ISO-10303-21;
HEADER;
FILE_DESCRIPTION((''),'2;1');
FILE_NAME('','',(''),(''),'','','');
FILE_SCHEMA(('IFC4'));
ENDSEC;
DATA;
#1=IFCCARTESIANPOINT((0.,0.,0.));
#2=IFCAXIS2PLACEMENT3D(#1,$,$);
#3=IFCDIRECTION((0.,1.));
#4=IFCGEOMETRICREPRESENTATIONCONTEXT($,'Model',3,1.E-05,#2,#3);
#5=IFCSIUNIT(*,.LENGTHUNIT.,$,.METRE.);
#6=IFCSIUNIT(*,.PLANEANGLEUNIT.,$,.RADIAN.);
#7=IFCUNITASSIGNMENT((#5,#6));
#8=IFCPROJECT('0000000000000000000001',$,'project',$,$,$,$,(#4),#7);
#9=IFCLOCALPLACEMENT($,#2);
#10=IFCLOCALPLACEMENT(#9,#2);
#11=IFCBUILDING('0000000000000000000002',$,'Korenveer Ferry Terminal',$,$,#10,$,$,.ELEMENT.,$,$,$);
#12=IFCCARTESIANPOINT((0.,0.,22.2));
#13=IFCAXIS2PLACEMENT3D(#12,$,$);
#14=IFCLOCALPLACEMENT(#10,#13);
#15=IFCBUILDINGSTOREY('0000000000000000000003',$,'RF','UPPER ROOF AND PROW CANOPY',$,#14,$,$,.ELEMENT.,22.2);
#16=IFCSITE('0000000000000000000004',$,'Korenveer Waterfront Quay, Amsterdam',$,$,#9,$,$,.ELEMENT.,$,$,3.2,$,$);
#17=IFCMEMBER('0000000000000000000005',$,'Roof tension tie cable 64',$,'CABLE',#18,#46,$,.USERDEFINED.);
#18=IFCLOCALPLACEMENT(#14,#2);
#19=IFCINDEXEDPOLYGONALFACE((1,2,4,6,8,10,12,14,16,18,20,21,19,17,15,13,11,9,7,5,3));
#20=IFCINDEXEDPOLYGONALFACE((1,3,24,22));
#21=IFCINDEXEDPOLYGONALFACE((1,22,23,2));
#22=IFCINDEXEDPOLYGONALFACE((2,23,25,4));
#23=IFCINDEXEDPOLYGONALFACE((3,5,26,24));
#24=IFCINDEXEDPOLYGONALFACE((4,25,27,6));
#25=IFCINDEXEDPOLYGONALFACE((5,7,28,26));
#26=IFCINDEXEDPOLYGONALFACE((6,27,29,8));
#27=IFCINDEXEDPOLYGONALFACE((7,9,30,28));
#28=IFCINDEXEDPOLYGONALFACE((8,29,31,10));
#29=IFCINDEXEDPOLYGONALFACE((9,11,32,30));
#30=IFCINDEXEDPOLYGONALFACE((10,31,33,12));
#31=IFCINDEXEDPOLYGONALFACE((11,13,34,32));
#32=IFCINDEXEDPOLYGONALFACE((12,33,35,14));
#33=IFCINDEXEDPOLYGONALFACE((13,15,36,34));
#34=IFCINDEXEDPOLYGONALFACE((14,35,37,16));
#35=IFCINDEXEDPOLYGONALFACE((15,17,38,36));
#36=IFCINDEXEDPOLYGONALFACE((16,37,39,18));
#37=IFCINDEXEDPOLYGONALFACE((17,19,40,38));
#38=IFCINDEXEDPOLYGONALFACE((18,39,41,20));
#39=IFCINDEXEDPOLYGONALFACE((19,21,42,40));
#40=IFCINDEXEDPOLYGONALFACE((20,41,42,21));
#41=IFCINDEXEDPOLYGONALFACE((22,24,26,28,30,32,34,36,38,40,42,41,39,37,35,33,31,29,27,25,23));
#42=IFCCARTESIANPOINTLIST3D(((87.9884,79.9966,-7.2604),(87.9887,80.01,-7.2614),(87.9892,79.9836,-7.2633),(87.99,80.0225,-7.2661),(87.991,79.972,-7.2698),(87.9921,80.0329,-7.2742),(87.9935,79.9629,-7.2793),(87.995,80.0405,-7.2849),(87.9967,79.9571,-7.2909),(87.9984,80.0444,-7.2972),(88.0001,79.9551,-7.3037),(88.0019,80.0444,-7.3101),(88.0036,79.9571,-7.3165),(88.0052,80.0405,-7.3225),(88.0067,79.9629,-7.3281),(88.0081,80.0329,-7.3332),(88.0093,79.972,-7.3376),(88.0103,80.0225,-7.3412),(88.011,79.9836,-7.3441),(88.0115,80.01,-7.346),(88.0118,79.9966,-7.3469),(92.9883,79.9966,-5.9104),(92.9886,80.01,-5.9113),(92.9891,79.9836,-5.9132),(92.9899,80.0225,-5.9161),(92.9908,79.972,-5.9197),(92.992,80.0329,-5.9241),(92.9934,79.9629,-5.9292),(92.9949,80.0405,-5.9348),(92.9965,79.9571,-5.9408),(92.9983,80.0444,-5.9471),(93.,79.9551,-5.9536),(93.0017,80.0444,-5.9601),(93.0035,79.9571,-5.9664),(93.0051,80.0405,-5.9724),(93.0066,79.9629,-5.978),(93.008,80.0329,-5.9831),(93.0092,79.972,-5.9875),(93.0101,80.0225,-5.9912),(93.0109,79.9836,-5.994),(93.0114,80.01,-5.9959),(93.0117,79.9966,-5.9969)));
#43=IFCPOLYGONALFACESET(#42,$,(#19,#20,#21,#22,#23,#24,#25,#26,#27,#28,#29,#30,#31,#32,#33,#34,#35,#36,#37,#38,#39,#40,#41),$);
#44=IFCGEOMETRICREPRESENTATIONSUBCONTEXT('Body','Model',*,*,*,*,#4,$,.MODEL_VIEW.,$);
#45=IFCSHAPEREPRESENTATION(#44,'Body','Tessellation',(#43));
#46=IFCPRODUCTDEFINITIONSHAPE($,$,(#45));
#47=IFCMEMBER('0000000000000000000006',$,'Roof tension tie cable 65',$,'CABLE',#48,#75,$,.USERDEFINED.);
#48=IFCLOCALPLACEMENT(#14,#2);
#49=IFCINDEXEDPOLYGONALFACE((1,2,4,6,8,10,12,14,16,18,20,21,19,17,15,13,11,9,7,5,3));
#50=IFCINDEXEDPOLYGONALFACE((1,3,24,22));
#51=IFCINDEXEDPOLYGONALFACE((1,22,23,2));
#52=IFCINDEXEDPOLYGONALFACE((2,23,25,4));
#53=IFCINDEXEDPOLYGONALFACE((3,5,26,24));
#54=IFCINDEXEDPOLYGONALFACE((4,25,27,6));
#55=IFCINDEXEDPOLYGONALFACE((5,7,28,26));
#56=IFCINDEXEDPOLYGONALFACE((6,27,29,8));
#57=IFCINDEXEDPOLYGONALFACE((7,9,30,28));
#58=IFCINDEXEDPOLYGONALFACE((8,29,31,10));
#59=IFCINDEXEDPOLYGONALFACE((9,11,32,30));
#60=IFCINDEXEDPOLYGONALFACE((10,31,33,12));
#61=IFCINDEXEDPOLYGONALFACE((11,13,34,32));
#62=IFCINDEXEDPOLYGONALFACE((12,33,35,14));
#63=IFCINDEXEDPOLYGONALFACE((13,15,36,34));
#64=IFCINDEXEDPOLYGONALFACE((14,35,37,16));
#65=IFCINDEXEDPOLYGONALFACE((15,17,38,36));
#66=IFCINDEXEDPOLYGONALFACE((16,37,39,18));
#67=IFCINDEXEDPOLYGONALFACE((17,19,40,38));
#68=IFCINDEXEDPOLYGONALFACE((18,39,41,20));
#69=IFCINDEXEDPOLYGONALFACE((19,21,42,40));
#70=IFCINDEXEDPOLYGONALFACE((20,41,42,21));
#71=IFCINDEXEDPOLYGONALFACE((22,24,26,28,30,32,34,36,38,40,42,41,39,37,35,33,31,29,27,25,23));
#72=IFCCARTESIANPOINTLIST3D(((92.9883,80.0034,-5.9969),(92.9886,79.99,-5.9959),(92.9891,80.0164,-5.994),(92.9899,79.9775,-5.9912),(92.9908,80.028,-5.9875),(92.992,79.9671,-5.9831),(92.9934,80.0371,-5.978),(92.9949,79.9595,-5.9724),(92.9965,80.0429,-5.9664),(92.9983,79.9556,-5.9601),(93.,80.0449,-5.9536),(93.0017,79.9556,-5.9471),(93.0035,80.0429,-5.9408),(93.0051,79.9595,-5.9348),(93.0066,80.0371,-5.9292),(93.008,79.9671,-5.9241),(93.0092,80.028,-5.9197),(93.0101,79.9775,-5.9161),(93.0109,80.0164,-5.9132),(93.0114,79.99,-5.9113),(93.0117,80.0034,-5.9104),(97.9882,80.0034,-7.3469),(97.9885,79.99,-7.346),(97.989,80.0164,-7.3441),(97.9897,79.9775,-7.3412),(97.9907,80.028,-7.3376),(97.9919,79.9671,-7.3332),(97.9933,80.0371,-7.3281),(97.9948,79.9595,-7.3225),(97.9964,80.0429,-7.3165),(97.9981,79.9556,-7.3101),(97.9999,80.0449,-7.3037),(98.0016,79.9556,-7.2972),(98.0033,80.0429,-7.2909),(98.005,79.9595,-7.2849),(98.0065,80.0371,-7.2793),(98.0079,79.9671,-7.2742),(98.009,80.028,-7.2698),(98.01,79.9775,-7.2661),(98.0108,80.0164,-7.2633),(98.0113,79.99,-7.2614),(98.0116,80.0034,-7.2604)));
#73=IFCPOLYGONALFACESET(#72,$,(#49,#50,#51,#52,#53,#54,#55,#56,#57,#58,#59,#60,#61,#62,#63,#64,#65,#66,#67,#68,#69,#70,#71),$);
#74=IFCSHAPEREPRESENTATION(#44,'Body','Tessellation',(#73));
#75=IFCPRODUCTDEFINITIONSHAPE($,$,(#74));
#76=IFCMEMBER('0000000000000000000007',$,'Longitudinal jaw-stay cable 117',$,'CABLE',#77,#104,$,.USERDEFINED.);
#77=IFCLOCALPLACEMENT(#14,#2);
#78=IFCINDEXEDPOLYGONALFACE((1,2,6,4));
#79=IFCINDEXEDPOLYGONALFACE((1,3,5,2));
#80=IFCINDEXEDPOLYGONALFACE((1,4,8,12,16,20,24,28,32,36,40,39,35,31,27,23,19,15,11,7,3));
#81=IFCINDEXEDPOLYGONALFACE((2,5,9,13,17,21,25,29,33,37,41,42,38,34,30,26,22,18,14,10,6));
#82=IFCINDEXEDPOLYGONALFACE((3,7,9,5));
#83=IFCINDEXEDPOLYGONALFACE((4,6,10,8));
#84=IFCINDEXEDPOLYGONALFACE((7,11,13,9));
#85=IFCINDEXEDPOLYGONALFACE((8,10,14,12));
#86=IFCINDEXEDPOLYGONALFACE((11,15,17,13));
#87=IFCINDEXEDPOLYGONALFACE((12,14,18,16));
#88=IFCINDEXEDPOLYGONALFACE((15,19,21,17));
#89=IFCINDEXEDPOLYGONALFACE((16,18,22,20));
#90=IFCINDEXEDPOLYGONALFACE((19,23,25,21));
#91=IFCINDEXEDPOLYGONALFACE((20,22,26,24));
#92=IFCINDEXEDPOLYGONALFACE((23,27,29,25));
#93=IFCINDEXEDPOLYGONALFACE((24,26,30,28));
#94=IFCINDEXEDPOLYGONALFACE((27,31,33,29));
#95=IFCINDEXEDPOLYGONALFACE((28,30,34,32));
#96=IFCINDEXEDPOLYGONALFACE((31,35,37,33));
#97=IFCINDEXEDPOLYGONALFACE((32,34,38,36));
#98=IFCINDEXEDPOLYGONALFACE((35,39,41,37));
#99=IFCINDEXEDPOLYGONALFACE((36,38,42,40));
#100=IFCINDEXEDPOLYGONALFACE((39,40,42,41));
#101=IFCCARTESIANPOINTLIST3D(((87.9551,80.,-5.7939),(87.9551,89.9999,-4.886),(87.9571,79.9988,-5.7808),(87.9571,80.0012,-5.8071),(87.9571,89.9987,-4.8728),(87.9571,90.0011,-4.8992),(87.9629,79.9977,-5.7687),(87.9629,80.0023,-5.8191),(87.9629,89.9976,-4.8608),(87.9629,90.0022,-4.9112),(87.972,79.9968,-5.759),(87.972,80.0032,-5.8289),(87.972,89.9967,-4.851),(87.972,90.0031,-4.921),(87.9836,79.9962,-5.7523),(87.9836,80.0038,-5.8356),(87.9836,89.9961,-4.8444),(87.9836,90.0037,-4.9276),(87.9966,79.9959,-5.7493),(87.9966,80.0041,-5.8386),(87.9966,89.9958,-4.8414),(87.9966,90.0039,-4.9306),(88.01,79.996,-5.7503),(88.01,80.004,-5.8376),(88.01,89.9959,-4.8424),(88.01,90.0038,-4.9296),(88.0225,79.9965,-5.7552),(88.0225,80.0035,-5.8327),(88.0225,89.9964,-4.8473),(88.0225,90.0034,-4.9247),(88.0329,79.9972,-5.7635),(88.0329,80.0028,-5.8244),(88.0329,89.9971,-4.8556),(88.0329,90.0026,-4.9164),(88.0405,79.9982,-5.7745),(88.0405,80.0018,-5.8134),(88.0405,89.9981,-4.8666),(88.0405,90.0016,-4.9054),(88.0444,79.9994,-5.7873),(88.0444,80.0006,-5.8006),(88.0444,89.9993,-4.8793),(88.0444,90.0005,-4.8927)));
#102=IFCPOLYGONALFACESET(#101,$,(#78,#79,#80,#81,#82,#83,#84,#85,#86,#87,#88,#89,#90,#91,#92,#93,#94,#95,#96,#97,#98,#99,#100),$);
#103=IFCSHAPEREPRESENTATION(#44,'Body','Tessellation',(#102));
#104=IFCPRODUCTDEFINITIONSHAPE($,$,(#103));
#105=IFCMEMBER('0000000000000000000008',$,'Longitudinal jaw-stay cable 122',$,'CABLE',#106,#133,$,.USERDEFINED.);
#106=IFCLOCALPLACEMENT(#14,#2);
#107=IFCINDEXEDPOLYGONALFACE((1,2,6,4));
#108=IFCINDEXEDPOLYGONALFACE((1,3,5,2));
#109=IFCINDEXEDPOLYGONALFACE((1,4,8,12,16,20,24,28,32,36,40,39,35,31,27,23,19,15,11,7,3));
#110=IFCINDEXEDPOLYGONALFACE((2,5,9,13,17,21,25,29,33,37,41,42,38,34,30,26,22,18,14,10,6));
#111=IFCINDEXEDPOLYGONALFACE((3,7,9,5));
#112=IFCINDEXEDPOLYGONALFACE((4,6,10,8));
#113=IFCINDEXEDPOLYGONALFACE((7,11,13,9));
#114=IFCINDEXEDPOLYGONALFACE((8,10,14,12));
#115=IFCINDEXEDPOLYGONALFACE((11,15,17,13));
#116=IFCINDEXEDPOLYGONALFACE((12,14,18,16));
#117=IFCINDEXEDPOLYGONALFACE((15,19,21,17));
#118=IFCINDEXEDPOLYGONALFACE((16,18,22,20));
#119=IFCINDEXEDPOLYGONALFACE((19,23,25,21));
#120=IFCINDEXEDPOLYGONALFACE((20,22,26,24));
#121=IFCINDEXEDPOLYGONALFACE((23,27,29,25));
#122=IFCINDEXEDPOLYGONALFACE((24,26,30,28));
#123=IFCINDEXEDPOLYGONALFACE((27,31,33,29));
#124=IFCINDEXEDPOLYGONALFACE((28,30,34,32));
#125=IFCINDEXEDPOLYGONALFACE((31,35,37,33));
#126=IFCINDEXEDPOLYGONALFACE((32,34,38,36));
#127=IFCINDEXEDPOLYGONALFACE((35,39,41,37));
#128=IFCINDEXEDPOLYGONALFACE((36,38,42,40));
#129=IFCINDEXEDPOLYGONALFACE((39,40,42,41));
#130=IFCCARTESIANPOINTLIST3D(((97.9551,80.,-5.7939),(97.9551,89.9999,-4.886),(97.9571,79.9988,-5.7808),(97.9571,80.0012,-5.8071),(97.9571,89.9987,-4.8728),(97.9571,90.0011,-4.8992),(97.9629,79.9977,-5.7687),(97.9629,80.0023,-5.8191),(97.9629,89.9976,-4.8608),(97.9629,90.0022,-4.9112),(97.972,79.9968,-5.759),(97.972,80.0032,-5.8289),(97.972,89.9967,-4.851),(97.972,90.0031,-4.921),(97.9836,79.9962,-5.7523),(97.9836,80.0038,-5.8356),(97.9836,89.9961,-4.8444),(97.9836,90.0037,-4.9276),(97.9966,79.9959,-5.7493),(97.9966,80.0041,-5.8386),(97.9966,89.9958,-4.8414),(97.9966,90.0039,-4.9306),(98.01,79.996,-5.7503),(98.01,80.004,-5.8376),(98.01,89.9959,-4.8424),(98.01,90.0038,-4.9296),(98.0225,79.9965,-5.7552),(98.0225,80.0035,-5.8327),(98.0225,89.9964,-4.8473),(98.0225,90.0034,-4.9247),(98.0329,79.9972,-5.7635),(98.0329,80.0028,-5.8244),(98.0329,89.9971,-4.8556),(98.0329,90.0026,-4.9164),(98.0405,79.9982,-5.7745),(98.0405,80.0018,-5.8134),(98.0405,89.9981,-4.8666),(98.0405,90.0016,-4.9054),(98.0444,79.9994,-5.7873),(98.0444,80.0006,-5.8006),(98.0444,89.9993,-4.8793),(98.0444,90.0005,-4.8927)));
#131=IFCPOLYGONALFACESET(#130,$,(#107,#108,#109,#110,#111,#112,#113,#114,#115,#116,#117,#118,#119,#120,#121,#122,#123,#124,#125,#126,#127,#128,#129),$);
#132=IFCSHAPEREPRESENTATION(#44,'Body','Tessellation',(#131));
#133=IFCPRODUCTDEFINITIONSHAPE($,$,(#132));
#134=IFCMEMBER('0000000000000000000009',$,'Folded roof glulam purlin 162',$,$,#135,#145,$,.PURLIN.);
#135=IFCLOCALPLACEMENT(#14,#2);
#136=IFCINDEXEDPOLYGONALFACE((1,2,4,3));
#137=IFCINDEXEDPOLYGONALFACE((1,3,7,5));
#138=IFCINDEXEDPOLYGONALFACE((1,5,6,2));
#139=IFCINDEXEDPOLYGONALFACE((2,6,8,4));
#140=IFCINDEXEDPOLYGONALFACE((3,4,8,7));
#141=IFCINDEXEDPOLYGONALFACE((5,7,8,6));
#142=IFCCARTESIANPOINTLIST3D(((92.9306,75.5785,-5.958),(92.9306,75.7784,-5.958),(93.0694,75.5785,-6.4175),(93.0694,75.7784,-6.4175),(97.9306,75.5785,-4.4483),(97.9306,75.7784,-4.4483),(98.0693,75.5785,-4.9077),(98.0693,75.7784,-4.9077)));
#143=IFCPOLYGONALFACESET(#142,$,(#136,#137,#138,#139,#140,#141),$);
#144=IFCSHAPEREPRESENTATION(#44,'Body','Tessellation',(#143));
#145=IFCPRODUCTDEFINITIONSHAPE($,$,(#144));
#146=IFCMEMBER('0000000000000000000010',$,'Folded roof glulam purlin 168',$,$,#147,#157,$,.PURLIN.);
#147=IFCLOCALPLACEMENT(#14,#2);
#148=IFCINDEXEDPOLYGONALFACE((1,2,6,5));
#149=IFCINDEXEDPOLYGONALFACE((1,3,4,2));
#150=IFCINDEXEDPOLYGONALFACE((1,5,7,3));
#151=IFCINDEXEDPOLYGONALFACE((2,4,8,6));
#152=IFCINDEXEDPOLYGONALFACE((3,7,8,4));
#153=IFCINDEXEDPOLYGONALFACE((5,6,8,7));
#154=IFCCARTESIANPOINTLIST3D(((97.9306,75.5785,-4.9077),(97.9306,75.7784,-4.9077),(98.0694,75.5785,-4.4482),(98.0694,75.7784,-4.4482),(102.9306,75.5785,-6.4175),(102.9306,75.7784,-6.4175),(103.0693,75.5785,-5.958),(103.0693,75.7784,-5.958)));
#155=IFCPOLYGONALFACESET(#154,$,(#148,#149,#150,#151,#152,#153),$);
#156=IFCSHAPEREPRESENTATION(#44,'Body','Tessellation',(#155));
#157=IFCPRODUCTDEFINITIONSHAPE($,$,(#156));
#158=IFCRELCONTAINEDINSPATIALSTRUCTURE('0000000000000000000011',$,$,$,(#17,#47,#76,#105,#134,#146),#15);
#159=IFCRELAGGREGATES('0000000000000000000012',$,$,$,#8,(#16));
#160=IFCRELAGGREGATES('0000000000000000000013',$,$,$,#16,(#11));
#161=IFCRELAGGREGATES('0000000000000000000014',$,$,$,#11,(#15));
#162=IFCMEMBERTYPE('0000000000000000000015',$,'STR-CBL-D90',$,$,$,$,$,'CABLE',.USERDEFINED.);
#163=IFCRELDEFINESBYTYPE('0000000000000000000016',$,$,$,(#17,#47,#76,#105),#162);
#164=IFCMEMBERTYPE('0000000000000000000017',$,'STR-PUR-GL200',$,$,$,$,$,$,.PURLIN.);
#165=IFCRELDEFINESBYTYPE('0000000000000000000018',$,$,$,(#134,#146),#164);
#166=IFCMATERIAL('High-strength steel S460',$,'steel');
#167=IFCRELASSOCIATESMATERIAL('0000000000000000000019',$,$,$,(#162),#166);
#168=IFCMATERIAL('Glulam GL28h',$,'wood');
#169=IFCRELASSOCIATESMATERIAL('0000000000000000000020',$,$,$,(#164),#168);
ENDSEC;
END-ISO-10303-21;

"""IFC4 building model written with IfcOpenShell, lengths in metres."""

from ifc_helpers import new_model, si_unit, direction, frame, origin, origin_2d, place, context, subcontext, project, spatial, rectangle, circle, extrude, material, material_profile, profile_set, type_object, element, save


model = new_model("IFC4")

# Units and contexts
model_context = context("Model", 3, precision=1e-05, world=origin(), true_north=direction((0.0, 1.0)))
body_context = subcontext(model_context, "Body", "Model", "MODEL_VIEW")
ifc_project = project(units=[si_unit("LENGTHUNIT", "METRE"), si_unit("PLANEANGLEUNIT", "RADIAN")], contexts=[model_context])

# Site, building, storey
site_placement = place(None, origin())
site = spatial("IfcSite", under=ifc_project, at=site_placement, Name="Korenveer Waterfront Quay, Amsterdam", CompositionType="ELEMENT", RefElevation=3.2)
building_placement = place(site_placement, origin())
building = spatial("IfcBuilding", under=site, at=building_placement, Name="Korenveer Ferry Terminal", CompositionType="ELEMENT")
storey_placement = place(building_placement, frame((0.0, 0.0, 22.2)))
storey = spatial("IfcBuildingStorey", under=building, at=storey_placement, Name="RF", Description="UPPER ROOF AND PROW CANOPY", CompositionType="ELEMENT", Elevation=22.2)

# Members
ifc_material_1 = material(Name="High-strength steel S460", Category="steel")
ifc_material_profile_1 = material_profile(ifc_material_1, circle(Radius=0.0449, at=origin_2d()), Name="ROD D90")
ifc_profile_set_1 = profile_set([ifc_material_profile_1], Name="High-strength steel S460")
member_type_1 = type_object("IfcMemberType", Name="STR-CBL-D90", ElementType="CABLE", PredefinedType="USERDEFINED", material=ifc_profile_set_1)
for number, where, z_axis, x_axis, name in (
    (1, (93.0, 80.0, -5.9536), (-0.965424, 0.0, -0.260683), (0.0, -1.0, 0.0), "Roof tension tie cable 64"),
    (2, (93.0, 80.0, -5.9536), (0.965424, 0.0, -0.260683), (0.0, 1.0, 0.0), "Roof tension tie cable 65"),
):
    element("IfcMember", number, at=place(storey_placement, frame(where, z_axis=z_axis, x_axis=x_axis)), inside=storey, type_object=member_type_1, Name=name, ObjectType="CABLE", PredefinedType="USERDEFINED", context=body_context, shape_type="SweptSolid", body=[
        extrude(circle(Radius=0.0449, at=origin_2d()), origin(), (0.0, 0.0, 1.0), 5.179),
    ])
for number, where, z_axis, x_axis, name in (
    (3, (88.0, 80.0, -5.7939), (0.0, 0.995903, 0.090424), (-1.0, 0.0, 0.0), "Longitudinal jaw-stay cable 117"),
    (4, (98.0, 80.0, -5.7939), (0.0, 0.995903, 0.090424), (-1.0, 0.0, 0.0), "Longitudinal jaw-stay cable 122"),
):
    element("IfcMember", number, at=place(storey_placement, frame(where, z_axis=z_axis, x_axis=x_axis)), inside=storey, type_object=member_type_1, Name=name, ObjectType="CABLE", PredefinedType="USERDEFINED", context=body_context, shape_type="SweptSolid", body=[
        extrude(circle(Radius=0.0449, at=origin_2d()), origin(), (0.0, 0.0, 1.0), 10.041),
    ])
ifc_material_2 = material(Name="Glulam GL28h", Category="wood")
ifc_material_profile_2 = material_profile(ifc_material_2, rectangle(XDim=0.2, YDim=0.48, at=origin_2d()), Name="GL 200x480")
ifc_profile_set_2 = profile_set([ifc_material_profile_2], Name="Glulam GL28h")
member_type_2 = type_object("IfcMemberType", Name="STR-PUR-GL200", PredefinedType="PURLIN", material=ifc_profile_set_2)
for number, where, z_axis, x_axis, name in (
    (5, (93.0, 75.6785, -6.1877), (0.95731, 0.0, 0.289063), (0.0, 1.0, 0.0), "Folded roof glulam purlin 162"),
    (6, (98.0, 75.6785, -4.678), (0.95731, 0.0, -0.289063), (0.0, 1.0, 0.0), "Folded roof glulam purlin 168"),
):
    element("IfcMember", number, at=place(storey_placement, frame(where, z_axis=z_axis, x_axis=x_axis)), inside=storey, type_object=member_type_2, Name=name, PredefinedType="PURLIN", context=body_context, shape_type="SweptSolid", body=[
        extrude(rectangle(XDim=0.2, YDim=0.48, at=origin_2d()), origin(), (0.0, 0.0, 1.0), 5.2229),
    ])

save(model, "model.ifc")
